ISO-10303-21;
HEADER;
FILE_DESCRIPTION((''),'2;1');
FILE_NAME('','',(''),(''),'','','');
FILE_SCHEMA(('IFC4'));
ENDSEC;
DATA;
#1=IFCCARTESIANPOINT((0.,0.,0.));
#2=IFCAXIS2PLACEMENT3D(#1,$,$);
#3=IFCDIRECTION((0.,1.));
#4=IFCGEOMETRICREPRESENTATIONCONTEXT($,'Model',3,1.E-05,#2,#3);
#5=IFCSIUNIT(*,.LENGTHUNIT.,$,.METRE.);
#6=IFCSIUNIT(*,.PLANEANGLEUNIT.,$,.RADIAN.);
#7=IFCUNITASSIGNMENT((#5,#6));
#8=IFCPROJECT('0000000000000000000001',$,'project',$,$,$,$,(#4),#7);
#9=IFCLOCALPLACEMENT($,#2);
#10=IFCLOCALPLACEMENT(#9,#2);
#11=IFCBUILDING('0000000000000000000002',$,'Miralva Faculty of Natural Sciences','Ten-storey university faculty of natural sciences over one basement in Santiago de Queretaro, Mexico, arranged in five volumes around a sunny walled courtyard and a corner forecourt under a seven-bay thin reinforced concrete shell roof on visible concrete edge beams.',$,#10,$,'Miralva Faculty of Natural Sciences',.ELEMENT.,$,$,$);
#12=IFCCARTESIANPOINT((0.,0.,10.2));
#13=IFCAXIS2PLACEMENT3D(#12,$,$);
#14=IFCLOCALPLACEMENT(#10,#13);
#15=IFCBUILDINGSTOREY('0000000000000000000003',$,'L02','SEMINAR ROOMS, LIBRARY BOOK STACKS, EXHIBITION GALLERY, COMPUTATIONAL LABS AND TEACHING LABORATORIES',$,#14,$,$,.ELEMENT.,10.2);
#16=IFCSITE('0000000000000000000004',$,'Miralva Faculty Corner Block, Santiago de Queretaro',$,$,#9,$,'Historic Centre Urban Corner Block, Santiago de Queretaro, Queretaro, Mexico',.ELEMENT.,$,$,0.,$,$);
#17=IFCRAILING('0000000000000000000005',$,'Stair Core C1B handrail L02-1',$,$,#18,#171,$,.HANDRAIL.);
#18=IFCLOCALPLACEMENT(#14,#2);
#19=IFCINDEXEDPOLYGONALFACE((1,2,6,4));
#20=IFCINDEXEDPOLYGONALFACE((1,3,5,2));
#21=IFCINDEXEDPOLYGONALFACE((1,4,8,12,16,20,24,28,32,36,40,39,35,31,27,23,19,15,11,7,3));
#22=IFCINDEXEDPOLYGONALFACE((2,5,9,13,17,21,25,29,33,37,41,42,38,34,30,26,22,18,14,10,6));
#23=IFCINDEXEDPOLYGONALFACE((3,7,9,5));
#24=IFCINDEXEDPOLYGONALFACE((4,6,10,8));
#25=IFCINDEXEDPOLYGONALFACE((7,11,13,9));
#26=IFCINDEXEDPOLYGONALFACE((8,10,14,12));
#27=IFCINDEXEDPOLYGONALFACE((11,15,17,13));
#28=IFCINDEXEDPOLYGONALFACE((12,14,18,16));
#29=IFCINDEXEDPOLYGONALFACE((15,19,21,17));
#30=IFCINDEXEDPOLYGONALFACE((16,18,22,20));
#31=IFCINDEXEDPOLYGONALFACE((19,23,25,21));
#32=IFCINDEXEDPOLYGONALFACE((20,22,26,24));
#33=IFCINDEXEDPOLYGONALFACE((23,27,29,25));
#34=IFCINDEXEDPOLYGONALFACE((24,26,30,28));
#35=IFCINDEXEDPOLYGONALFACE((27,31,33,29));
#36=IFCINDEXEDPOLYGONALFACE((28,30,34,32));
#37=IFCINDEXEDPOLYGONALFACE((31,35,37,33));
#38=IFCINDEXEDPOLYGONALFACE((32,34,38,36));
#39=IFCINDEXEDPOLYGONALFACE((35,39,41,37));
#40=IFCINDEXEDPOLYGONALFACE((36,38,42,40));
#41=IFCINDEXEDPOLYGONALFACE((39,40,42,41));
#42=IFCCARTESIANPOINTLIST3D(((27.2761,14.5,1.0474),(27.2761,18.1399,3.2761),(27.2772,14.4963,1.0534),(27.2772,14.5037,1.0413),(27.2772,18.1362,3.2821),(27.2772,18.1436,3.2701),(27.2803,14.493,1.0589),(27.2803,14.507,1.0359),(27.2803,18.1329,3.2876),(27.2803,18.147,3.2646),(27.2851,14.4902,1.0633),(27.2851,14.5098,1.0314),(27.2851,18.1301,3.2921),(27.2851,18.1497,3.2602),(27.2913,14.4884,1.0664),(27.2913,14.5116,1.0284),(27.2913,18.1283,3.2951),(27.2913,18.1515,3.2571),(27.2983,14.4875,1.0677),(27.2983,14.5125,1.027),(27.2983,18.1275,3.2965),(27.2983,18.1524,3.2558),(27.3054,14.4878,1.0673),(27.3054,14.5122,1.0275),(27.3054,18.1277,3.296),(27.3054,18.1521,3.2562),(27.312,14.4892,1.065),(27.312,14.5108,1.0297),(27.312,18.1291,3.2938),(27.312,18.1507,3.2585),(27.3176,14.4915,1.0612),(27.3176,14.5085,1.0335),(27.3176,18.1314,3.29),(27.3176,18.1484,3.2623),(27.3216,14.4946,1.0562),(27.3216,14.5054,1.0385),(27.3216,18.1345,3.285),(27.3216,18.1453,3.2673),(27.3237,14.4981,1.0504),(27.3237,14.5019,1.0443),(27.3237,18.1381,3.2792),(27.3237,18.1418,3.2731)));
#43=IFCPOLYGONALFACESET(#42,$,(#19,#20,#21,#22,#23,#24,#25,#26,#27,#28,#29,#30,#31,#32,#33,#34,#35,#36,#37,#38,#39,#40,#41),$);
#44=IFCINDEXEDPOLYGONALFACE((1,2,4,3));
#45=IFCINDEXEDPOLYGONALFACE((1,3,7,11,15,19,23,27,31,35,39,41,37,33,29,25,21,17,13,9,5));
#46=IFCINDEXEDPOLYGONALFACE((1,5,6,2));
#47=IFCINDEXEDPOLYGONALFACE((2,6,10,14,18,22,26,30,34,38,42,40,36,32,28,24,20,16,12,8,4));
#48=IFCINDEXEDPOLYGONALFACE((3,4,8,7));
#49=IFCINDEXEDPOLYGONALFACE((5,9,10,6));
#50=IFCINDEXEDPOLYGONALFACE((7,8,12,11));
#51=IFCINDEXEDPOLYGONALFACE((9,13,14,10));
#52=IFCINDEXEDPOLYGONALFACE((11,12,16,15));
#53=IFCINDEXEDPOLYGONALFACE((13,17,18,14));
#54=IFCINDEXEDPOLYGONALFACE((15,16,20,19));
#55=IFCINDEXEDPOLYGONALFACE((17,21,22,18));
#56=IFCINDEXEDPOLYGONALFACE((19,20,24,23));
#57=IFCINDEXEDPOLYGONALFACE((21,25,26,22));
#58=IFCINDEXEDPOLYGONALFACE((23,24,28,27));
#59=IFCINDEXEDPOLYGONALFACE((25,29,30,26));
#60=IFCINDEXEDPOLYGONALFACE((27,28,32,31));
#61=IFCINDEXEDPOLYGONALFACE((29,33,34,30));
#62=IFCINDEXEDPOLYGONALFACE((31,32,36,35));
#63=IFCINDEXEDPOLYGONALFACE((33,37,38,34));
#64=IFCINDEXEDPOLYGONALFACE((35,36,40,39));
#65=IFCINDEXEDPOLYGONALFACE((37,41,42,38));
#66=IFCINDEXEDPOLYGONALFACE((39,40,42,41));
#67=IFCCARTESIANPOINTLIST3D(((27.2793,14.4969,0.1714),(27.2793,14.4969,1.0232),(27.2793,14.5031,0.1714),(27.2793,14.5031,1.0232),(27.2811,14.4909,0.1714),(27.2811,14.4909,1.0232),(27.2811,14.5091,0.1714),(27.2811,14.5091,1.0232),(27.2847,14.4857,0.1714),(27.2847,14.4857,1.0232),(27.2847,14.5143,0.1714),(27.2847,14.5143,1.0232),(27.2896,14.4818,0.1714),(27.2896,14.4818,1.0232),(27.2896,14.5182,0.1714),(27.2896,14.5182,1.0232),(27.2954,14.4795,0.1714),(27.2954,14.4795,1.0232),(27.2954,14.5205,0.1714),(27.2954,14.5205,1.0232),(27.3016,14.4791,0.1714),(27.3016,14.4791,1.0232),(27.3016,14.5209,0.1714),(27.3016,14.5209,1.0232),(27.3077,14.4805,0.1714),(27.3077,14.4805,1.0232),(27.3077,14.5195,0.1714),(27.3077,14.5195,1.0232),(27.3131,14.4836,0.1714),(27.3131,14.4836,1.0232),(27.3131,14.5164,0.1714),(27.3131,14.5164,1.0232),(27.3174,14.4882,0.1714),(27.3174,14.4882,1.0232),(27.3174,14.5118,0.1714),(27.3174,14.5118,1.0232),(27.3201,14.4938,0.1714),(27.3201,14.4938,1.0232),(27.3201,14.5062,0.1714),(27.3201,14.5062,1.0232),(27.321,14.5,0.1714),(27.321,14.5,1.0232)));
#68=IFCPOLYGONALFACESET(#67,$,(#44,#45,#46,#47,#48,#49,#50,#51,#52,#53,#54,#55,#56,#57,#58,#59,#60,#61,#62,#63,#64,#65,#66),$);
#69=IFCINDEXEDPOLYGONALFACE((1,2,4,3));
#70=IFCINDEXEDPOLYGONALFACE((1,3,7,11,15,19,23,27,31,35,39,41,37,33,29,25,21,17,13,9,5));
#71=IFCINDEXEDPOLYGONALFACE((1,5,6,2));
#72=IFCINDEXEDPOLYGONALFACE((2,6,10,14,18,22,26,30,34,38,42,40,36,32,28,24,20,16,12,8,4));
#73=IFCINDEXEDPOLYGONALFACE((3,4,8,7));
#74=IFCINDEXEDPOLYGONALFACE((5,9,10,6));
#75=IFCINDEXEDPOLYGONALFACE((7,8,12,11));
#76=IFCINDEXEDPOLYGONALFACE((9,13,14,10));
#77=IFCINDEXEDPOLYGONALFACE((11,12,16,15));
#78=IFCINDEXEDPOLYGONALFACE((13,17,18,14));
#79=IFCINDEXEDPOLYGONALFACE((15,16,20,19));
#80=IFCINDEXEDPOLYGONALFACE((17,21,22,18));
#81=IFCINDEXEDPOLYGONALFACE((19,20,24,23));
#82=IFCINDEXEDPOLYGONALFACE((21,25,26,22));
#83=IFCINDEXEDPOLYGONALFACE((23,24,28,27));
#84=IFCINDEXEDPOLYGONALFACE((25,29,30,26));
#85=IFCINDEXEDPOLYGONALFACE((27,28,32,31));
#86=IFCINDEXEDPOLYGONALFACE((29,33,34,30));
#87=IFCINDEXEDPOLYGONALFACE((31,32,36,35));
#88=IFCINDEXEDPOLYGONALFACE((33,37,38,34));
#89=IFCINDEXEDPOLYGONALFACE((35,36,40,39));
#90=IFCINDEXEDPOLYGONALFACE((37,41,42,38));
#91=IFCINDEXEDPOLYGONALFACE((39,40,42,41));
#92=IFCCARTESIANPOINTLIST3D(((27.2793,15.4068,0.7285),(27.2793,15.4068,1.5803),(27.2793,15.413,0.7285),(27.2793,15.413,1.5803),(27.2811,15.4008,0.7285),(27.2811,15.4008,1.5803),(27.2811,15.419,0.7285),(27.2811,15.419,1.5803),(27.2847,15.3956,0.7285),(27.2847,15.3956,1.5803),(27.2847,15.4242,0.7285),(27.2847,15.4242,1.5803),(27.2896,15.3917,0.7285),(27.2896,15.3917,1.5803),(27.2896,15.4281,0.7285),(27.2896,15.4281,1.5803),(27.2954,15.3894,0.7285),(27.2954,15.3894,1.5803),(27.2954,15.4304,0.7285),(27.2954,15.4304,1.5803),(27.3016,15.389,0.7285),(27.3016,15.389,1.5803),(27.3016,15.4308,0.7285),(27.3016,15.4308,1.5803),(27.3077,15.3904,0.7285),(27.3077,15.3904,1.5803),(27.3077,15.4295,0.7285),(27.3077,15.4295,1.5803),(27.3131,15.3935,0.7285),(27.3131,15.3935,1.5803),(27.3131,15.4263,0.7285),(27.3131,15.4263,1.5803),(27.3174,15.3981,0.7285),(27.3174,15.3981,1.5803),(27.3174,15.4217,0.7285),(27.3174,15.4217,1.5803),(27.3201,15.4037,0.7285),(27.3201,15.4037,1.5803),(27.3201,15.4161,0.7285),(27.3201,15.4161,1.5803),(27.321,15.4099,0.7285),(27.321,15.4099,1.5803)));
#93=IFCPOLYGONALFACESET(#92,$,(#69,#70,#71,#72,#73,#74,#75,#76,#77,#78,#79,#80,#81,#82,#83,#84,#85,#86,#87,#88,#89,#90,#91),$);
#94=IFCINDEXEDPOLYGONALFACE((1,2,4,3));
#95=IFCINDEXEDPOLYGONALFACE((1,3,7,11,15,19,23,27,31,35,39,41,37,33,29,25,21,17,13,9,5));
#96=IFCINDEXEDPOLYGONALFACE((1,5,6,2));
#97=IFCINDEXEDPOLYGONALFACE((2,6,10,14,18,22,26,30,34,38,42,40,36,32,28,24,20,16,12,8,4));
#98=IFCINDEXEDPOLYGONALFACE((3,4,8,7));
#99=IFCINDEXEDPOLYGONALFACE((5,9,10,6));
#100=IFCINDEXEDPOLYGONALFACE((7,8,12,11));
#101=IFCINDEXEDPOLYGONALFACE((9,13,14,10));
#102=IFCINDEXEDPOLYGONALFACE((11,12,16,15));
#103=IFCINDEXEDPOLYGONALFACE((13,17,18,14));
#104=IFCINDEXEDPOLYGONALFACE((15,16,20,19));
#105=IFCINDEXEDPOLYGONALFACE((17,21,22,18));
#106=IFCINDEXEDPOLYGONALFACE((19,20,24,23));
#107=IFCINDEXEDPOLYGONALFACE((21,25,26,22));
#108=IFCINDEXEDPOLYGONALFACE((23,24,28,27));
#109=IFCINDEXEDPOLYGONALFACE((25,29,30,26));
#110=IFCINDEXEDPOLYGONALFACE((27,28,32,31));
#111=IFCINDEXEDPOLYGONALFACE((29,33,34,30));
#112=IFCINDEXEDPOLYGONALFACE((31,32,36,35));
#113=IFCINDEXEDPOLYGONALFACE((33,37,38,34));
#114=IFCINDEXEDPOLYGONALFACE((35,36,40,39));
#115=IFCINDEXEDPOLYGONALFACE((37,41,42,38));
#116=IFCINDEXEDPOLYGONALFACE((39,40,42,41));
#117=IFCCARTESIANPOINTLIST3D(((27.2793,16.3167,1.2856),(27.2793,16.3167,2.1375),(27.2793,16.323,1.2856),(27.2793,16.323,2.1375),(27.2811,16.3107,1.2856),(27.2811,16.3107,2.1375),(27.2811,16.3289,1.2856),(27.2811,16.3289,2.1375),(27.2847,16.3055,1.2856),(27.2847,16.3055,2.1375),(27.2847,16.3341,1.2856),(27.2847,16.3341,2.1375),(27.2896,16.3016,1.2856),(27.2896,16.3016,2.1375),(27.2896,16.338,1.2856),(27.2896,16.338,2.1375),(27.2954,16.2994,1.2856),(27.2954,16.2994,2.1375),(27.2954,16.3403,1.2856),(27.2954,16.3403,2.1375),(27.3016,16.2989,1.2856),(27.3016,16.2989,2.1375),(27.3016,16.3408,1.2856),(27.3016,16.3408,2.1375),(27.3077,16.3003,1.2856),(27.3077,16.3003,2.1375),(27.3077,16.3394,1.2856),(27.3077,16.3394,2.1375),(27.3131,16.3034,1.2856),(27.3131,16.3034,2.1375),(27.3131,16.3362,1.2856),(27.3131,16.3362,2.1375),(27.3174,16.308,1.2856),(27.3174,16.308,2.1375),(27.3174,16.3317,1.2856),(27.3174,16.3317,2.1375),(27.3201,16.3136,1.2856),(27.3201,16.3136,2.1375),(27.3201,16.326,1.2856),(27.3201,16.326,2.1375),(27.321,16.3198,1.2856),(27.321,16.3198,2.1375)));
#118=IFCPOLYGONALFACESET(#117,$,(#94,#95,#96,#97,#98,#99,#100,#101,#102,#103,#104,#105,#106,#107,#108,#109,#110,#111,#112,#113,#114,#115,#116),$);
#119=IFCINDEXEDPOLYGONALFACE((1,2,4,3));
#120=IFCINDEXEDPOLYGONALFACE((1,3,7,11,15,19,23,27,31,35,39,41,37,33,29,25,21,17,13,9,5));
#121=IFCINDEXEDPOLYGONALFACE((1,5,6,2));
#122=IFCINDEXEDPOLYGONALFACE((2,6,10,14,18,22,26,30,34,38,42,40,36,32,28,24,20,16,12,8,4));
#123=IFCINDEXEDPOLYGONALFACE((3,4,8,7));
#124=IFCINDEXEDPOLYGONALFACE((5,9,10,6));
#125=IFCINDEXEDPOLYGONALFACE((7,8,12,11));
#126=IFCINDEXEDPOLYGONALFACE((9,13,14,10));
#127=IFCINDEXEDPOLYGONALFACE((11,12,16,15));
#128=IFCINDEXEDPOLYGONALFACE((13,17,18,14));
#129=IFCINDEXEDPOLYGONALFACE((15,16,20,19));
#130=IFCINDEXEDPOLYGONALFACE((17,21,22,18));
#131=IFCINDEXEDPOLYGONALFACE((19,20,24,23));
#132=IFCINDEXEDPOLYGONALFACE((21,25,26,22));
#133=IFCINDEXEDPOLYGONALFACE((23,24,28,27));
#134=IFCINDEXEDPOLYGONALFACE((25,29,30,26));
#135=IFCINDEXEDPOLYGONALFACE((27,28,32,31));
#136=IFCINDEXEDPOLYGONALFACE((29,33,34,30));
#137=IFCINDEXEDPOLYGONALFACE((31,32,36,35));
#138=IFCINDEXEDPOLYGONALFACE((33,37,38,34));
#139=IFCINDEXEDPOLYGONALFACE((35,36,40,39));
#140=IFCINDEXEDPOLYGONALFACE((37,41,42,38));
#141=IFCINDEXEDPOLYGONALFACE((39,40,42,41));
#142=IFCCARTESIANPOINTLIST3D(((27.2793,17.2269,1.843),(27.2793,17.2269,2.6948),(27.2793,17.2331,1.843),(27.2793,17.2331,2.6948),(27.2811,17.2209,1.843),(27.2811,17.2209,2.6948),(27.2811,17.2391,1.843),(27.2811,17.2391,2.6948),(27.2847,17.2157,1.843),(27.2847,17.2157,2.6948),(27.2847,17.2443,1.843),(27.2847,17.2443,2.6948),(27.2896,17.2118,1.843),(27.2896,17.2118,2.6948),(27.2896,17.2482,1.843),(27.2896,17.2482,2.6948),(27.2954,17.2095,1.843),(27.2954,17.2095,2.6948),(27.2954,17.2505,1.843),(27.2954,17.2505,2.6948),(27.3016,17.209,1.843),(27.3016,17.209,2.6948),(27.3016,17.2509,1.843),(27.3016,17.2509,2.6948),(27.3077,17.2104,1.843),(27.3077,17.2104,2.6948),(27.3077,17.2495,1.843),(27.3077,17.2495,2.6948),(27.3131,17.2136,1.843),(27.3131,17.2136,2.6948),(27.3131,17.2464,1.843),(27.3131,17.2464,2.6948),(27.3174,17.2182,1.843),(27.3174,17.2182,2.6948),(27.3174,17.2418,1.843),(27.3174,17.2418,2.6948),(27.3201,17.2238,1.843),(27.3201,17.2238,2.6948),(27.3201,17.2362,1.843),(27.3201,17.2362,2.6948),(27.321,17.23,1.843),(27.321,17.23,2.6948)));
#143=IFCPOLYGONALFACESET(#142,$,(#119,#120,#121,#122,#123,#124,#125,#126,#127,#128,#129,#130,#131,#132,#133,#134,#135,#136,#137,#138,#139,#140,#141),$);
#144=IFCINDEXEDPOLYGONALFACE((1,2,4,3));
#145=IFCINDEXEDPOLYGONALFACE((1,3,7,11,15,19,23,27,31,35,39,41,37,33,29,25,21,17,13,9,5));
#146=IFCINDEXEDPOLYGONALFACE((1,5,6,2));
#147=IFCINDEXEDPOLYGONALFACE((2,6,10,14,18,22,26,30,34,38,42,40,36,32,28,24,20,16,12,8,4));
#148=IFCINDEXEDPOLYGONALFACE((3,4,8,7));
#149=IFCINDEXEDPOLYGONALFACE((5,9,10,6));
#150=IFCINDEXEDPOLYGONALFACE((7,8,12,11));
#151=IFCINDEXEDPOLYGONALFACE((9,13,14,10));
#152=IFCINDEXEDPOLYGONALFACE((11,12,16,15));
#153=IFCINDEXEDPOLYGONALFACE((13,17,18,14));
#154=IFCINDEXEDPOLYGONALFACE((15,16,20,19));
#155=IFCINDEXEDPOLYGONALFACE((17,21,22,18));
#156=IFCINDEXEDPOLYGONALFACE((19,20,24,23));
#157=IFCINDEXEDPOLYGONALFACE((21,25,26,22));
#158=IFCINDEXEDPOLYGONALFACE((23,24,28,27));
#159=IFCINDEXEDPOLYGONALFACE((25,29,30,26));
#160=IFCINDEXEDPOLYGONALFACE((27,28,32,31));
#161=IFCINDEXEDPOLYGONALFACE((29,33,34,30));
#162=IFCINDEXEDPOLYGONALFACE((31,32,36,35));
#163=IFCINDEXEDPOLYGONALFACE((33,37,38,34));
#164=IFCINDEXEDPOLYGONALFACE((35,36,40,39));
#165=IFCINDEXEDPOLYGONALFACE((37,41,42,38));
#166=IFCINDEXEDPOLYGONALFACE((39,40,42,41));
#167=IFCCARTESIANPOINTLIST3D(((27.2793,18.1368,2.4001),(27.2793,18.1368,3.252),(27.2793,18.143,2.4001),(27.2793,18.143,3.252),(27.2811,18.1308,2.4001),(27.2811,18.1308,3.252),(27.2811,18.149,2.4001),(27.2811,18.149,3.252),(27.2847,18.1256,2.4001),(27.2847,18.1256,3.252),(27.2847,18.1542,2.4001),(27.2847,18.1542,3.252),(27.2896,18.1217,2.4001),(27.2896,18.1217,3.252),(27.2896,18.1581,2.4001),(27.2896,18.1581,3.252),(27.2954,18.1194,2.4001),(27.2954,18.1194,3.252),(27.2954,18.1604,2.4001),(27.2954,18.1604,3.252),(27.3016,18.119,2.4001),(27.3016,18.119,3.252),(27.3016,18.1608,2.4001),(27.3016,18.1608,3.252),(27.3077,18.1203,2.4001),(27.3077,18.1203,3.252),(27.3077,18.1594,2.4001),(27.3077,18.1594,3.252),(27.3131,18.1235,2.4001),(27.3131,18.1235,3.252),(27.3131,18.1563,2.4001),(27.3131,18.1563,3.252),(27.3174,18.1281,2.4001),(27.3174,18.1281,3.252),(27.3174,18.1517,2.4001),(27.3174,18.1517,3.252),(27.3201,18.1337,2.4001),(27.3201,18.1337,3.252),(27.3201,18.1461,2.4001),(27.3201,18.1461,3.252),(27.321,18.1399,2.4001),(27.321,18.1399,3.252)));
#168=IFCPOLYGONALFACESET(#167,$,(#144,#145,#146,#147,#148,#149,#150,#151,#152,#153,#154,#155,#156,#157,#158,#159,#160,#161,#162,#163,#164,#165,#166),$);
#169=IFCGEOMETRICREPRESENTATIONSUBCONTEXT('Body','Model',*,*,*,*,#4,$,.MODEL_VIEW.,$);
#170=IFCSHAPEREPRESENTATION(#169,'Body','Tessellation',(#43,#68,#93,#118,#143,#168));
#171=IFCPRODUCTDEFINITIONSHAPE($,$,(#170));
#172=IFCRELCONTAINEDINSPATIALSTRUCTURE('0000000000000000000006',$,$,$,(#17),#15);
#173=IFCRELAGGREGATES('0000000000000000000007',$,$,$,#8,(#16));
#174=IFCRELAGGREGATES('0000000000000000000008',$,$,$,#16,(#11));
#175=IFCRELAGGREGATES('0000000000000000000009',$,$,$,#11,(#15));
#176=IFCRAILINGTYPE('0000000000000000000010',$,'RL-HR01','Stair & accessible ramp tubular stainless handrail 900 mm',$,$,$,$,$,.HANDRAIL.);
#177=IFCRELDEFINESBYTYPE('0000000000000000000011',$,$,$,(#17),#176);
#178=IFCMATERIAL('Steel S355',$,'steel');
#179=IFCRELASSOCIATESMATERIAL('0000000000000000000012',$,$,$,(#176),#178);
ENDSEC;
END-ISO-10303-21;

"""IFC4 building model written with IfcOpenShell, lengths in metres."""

from ifc_helpers import new_model, si_unit, direction, frame, origin, origin_2d, place, context, subcontext, project, spatial, circle, extrude, material, type_object, element, save


model = new_model("IFC4")

# Units and contexts
model_context = context("Model", 3, precision=1e-05, world=origin(), true_north=direction((0.0, 1.0)))
body_context = subcontext(model_context, "Body", "Model", "MODEL_VIEW")
ifc_project = project(units=[si_unit("LENGTHUNIT", "METRE"), si_unit("PLANEANGLEUNIT", "RADIAN")], contexts=[model_context])

# Site, building, storey
site_placement = place(None, origin())
site = spatial("IfcSite", under=ifc_project, at=site_placement, Name="Miralva Faculty Corner Block, Santiago de Queretaro", LongName="Historic Centre Urban Corner Block, Santiago de Queretaro, Queretaro, Mexico", CompositionType="ELEMENT", RefElevation=0.0)
building_placement = place(site_placement, origin())
building = spatial("IfcBuilding", under=site, at=building_placement, Name="Miralva Faculty of Natural Sciences", Description="Ten-storey university faculty of natural sciences over one basement in Santiago de Queretaro, Mexico, arranged in five volumes around a sunny walled courtyard and a corner forecourt under a seven-bay thin reinforced concrete shell roof on visible concrete edge beams.", LongName="Miralva Faculty of Natural Sciences", CompositionType="ELEMENT")
storey_placement = place(building_placement, frame((0.0, 0.0, 10.2)))
storey = spatial("IfcBuildingStorey", under=building, at=storey_placement, Name="L02", Description="SEMINAR ROOMS, LIBRARY BOOK STACKS, EXHIBITION GALLERY, COMPUTATIONAL LABS AND TEACHING LABORATORIES", CompositionType="ELEMENT", Elevation=10.2)

# Railing
ifc_material_1 = material(Name="Steel S355", Category="steel")
railing_type_1 = type_object("IfcRailingType", Name="RL-HR01", Description="Stair & accessible ramp tubular stainless handrail 900 mm", PredefinedType="HANDRAIL", material=ifc_material_1)
railing_1_placement = place(storey_placement, frame((27.3, 14.5, 0.1714)))
element("IfcRailing", 1, at=railing_1_placement, inside=storey, type_object=railing_type_1, Name="Stair Core C1B handrail L02-1", PredefinedType="HANDRAIL", context=body_context, shape_type="SweptSolid", body=[
    extrude(circle(Radius=0.0239, at=origin_2d()), frame((0.0, 0.0, 0.876), z_axis=(0.0, 0.852825, 0.522197), x_axis=(-1.0, 0.0, 0.0)), (0.0, 0.0, 1.0), 4.2681),
    extrude(circle(Radius=0.021, at=origin_2d()), origin(), (0.0, 0.0, 1.0), 0.8518),
    extrude(circle(Radius=0.021, at=origin_2d()), frame((0.0, 0.9099, 0.5571)), (0.0, 0.0, 1.0), 0.8518),
    extrude(circle(Radius=0.021, at=origin_2d()), frame((0.0, 1.8198, 1.1143)), (0.0, 0.0, 1.0), 0.8518),
    extrude(circle(Radius=0.021, at=origin_2d()), frame((0.0, 2.73, 1.6716)), (0.0, 0.0, 1.0), 0.8518),
    extrude(circle(Radius=0.021, at=origin_2d()), frame((0.0, 3.6399, 2.2288)), (0.0, 0.0, 1.0), 0.8518),
])

save(model, "model.ifc")
